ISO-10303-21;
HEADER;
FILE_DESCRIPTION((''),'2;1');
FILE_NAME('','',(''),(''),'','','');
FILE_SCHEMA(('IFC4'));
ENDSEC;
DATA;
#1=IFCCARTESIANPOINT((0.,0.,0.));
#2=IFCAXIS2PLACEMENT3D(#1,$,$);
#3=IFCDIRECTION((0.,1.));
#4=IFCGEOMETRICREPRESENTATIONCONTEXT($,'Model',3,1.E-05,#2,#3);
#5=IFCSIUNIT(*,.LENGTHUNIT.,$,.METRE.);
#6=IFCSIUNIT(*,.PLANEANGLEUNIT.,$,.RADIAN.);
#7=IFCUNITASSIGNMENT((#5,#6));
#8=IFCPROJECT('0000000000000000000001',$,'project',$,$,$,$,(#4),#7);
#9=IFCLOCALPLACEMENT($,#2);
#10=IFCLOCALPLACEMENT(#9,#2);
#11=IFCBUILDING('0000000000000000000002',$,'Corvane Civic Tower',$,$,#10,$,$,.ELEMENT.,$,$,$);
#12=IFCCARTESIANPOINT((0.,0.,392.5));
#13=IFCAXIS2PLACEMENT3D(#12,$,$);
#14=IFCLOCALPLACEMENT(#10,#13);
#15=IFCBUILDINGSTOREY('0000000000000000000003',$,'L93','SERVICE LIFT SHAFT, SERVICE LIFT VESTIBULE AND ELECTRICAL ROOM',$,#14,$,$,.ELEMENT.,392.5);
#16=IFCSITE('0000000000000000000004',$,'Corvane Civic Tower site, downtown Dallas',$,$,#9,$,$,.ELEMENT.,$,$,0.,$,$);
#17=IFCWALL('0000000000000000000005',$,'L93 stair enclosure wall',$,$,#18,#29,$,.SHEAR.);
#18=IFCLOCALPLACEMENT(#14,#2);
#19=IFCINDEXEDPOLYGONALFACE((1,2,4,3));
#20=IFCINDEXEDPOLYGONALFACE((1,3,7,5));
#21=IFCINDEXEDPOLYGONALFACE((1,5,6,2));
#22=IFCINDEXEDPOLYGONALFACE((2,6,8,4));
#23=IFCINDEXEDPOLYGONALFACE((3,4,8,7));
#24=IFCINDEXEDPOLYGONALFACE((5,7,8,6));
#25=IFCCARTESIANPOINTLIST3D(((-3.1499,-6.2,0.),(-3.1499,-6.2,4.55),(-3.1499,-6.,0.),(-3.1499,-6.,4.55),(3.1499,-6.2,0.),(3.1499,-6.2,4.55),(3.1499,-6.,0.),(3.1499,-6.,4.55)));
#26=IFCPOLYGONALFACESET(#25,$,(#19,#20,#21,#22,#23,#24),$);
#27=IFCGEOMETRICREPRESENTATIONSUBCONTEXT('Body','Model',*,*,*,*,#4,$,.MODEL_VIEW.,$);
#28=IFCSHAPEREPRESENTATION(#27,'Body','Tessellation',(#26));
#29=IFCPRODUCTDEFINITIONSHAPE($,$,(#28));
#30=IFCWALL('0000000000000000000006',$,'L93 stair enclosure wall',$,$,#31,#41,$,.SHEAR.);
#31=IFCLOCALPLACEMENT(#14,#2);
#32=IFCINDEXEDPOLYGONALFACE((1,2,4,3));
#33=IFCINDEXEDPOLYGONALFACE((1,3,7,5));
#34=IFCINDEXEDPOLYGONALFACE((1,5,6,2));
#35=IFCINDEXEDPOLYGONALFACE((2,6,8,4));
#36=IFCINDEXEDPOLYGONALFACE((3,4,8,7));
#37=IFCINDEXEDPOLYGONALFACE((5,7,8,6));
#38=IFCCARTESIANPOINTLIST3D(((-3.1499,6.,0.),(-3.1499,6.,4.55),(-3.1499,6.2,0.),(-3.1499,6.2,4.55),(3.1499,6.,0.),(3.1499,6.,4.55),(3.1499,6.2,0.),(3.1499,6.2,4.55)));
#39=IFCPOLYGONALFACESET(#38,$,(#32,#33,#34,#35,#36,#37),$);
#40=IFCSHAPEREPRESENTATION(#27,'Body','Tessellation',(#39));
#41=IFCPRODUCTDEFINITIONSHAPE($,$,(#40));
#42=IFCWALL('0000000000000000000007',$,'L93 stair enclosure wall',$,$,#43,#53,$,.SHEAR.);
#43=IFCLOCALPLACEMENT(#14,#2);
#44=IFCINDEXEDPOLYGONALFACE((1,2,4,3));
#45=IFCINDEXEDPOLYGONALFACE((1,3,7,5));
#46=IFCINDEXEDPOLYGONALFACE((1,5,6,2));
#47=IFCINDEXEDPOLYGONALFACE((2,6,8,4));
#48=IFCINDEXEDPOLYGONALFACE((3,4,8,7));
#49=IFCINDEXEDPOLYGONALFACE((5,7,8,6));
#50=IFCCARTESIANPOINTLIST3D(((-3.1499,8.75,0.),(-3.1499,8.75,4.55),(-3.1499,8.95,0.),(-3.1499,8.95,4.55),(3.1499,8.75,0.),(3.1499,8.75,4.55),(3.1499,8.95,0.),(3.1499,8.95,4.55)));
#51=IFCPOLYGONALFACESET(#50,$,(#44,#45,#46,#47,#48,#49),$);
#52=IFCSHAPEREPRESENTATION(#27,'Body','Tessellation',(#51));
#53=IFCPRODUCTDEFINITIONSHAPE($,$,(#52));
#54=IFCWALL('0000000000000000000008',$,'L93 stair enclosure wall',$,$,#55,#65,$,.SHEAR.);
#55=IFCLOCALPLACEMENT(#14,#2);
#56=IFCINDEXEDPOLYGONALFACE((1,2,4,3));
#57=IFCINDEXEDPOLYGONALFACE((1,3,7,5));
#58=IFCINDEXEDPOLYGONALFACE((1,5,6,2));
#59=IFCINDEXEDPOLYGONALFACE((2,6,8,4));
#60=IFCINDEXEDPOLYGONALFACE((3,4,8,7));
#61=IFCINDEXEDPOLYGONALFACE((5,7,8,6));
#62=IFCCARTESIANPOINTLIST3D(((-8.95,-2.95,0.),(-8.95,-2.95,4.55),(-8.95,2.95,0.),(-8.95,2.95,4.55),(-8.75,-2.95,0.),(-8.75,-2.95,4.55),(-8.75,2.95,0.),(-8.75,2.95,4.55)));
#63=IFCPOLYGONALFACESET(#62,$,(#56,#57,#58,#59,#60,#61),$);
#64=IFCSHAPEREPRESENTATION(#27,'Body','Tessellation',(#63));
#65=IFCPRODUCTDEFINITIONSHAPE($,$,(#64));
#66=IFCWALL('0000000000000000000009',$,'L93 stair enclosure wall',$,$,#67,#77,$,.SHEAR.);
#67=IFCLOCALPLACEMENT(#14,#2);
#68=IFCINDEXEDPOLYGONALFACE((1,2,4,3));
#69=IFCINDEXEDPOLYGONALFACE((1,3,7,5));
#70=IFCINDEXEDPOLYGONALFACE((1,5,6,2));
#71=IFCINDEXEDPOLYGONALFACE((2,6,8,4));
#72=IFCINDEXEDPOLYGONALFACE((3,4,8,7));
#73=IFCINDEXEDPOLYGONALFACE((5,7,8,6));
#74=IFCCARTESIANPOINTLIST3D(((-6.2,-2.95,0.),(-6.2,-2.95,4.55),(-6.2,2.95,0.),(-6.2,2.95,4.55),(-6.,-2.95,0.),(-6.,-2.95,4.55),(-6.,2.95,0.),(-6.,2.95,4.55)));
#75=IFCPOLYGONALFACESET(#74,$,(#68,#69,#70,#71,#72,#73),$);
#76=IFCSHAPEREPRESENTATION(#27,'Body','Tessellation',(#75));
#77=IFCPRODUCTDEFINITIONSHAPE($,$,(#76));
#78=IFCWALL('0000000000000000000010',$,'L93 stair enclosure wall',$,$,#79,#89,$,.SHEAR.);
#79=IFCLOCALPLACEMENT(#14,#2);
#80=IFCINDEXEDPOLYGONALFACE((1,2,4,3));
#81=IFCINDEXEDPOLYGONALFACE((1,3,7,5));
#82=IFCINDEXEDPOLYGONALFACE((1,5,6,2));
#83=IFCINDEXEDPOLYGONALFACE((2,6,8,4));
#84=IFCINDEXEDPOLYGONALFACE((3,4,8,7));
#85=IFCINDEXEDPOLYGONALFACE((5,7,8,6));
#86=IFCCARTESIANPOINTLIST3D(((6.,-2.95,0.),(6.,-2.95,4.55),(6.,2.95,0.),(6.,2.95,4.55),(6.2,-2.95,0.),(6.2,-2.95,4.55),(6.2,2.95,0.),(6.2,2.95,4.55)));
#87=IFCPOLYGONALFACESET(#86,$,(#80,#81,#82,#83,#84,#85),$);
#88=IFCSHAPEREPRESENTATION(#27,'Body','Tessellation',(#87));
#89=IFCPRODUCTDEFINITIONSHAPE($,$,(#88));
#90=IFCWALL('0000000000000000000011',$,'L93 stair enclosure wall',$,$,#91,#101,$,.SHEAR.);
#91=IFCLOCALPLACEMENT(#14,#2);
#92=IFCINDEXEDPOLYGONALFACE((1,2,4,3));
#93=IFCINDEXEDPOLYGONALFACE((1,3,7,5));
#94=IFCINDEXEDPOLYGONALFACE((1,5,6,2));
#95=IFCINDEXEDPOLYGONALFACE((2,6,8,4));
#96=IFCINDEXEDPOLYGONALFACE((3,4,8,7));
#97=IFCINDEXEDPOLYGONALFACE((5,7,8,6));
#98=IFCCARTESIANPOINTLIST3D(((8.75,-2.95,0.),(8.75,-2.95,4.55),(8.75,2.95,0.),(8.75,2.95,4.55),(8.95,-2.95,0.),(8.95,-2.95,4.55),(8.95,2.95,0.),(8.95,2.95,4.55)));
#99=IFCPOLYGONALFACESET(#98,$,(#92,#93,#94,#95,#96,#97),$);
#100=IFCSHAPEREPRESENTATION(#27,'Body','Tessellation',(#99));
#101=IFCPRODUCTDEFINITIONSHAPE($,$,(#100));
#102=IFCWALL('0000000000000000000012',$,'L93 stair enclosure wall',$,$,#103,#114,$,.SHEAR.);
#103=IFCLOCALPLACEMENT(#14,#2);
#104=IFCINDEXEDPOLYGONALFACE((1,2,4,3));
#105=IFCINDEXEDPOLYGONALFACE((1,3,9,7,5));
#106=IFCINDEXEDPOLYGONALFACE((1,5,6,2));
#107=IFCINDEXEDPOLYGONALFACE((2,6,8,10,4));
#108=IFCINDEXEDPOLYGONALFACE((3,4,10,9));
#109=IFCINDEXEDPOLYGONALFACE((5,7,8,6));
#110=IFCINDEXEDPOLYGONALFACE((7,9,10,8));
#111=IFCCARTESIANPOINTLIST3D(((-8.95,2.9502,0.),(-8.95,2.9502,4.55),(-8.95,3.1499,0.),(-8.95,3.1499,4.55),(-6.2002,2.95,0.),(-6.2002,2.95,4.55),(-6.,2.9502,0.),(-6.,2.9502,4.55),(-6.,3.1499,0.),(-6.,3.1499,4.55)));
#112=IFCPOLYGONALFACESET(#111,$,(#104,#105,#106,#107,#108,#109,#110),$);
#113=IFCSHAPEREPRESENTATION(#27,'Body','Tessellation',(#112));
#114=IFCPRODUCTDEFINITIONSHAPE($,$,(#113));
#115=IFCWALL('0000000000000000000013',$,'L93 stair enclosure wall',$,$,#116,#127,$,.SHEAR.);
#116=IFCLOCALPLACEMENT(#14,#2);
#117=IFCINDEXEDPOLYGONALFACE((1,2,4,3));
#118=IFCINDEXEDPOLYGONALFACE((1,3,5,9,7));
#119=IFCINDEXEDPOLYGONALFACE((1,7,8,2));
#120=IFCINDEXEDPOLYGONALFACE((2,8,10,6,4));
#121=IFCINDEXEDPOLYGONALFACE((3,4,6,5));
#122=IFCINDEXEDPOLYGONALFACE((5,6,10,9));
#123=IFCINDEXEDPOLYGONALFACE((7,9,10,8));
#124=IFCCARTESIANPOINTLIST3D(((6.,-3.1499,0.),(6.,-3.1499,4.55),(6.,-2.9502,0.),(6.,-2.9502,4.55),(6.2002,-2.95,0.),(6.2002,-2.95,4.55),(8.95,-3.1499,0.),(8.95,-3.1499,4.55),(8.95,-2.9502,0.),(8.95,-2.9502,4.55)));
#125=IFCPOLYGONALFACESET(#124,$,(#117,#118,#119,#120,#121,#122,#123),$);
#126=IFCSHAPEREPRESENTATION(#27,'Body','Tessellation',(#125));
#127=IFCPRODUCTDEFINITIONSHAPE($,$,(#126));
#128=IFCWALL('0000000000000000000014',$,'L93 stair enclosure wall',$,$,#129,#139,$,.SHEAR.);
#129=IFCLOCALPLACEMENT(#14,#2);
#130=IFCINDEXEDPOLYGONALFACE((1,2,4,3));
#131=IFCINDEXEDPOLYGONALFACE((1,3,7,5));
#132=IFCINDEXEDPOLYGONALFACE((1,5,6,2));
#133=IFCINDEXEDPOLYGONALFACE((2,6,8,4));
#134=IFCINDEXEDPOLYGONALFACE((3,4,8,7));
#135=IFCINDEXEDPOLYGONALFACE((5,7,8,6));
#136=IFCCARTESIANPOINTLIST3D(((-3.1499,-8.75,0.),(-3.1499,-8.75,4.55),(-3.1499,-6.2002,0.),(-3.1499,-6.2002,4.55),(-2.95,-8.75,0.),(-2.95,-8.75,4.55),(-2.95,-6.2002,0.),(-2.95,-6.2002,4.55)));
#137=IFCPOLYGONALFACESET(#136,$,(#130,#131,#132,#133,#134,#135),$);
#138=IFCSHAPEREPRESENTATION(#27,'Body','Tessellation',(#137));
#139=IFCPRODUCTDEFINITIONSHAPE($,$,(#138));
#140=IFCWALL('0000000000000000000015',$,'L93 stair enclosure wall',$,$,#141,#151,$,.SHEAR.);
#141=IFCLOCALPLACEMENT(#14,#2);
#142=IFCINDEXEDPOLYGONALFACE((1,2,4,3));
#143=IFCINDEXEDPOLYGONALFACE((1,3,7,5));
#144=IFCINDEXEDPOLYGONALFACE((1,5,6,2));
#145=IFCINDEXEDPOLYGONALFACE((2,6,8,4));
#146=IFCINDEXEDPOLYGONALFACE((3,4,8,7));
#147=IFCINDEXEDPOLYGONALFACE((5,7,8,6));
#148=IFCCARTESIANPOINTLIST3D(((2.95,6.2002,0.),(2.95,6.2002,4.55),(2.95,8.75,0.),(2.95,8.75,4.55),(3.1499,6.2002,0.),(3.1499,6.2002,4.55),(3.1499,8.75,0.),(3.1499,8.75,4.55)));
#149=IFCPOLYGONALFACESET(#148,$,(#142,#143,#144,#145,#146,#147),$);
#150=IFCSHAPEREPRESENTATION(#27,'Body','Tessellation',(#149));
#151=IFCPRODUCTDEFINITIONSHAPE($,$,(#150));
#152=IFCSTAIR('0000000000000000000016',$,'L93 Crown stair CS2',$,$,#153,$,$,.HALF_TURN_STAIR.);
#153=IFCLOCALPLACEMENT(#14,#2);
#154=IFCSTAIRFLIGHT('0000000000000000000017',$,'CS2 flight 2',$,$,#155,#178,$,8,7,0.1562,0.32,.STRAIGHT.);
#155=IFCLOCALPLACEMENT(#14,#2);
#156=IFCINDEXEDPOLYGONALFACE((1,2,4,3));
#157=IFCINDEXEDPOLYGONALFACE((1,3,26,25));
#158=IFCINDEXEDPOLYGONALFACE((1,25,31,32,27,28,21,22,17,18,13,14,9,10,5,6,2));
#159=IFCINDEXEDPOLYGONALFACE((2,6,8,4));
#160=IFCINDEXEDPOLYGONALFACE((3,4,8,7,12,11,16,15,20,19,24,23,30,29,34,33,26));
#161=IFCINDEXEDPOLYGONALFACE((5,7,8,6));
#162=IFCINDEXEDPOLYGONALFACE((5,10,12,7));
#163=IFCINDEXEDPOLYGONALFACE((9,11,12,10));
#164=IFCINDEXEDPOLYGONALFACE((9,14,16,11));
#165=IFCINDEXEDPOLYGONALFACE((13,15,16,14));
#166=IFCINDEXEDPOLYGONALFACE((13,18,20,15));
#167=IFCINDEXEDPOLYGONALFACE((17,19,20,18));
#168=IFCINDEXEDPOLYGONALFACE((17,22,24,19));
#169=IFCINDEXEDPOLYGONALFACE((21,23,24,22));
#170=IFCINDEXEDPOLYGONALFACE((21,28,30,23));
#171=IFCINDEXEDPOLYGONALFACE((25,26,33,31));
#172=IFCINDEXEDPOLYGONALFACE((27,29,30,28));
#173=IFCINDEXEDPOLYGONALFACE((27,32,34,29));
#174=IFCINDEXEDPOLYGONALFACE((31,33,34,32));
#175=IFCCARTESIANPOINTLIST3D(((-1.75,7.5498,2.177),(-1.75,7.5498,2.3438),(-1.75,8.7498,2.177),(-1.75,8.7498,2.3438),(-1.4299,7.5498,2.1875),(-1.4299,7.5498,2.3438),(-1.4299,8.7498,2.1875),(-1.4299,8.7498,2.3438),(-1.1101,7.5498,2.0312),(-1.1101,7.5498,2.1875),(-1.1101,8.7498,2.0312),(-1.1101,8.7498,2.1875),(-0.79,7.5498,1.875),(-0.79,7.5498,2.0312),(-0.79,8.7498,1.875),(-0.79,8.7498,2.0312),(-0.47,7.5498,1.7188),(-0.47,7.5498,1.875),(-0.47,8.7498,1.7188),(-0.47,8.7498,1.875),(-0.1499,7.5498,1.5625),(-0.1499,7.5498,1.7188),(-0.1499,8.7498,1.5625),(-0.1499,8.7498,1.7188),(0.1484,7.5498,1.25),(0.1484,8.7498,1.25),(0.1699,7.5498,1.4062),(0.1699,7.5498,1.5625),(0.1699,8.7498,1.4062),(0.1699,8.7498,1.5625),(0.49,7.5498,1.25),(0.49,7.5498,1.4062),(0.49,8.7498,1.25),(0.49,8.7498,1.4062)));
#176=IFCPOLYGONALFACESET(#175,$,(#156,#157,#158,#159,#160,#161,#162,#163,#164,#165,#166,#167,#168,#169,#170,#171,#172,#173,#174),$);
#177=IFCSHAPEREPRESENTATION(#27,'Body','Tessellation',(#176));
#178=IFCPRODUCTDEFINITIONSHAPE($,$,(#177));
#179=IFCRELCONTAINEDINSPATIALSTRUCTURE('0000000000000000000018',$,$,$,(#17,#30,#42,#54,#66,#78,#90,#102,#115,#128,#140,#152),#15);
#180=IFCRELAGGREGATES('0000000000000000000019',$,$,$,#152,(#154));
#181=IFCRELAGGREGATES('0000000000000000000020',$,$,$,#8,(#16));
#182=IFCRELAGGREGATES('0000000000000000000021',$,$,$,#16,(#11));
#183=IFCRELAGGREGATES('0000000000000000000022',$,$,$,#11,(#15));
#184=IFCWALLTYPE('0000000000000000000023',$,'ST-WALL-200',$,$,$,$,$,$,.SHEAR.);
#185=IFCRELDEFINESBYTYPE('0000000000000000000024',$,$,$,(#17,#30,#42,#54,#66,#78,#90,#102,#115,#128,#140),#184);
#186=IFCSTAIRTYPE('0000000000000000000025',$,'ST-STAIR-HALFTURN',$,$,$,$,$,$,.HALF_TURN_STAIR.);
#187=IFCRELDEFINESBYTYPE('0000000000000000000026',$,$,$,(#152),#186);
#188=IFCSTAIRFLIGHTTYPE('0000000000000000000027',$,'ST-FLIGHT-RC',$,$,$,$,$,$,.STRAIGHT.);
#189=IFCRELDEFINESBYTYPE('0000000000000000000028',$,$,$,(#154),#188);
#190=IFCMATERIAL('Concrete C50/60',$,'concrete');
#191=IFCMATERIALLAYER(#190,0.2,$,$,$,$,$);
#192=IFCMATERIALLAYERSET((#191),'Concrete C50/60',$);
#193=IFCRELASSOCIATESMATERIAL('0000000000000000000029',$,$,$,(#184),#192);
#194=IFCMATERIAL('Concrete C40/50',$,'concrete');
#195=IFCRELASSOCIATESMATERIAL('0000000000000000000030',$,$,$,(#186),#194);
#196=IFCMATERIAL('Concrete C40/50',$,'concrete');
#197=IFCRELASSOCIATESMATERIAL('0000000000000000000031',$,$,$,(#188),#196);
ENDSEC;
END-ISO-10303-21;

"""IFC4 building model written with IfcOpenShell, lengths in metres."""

from ifc_helpers import new_model, si_unit, direction, frame, origin, place, context, subcontext, project, spatial, polyline, outline, extrude, material, layer, layer_set, type_object, element, aggregate, save


model = new_model("IFC4")

# Units and contexts
model_context = context("Model", 3, precision=1e-05, world=origin(), true_north=direction((0.0, 1.0)))
body_context = subcontext(model_context, "Body", "Model", "MODEL_VIEW")
ifc_project = project(units=[si_unit("LENGTHUNIT", "METRE"), si_unit("PLANEANGLEUNIT", "RADIAN")], contexts=[model_context])

# Site, building, storey
site_placement = place(None, origin())
site = spatial("IfcSite", under=ifc_project, at=site_placement, Name="Corvane Civic Tower site, downtown Dallas", CompositionType="ELEMENT", RefElevation=0.0)
building_placement = place(site_placement, origin())
building = spatial("IfcBuilding", under=site, at=building_placement, Name="Corvane Civic Tower", CompositionType="ELEMENT")
storey_placement = place(building_placement, frame((0.0, 0.0, 392.5)))
storey = spatial("IfcBuildingStorey", under=building, at=storey_placement, Name="L93", Description="SERVICE LIFT SHAFT, SERVICE LIFT VESTIBULE AND ELECTRICAL ROOM", CompositionType="ELEMENT", Elevation=392.5)

# Shared definitions
ifc_material_1 = material(Name="Concrete C50/60", Category="concrete")
ifc_layer_1 = layer(ifc_material_1, 0.2)
ifc_layer_set_1 = layer_set([ifc_layer_1], Name="Concrete C50/60")
wall_type_1 = type_object("IfcWallType", Name="ST-WALL-200", PredefinedType="SHEAR", material=ifc_layer_set_1)

# Walls
wall_1_placement = place(storey_placement, origin())
element("IfcWall", 1, at=wall_1_placement, inside=storey, type_object=wall_type_1, Name="L93 stair enclosure wall", PredefinedType="SHEAR", context=body_context, shape_type="SweptSolid", body=[
    extrude(outline(polyline([(3.1499, -6.2), (-3.1499, -6.2), (-3.1499, -6.0), (3.1499, -6.0), (3.1499, -6.2)])), origin(), (0.0, 0.0, 1.0), 4.55),
])
wall_2_placement = place(storey_placement, origin())
element("IfcWall", 2, at=wall_2_placement, inside=storey, type_object=wall_type_1, Name="L93 stair enclosure wall", PredefinedType="SHEAR", context=body_context, shape_type="SweptSolid", body=[
    extrude(outline(polyline([(3.1499, 6.0), (-3.1499, 6.0), (-3.1499, 6.2), (3.1499, 6.2), (3.1499, 6.0)])), origin(), (0.0, 0.0, 1.0), 4.55),
])
wall_3_placement = place(storey_placement, origin())
element("IfcWall", 3, at=wall_3_placement, inside=storey, type_object=wall_type_1, Name="L93 stair enclosure wall", PredefinedType="SHEAR", context=body_context, shape_type="SweptSolid", body=[
    extrude(outline(polyline([(3.1499, 8.75), (-3.1499, 8.75), (-3.1499, 8.95), (3.1499, 8.95), (3.1499, 8.75)])), origin(), (0.0, 0.0, 1.0), 4.55),
])
wall_4_placement = place(storey_placement, origin())
element("IfcWall", 4, at=wall_4_placement, inside=storey, type_object=wall_type_1, Name="L93 stair enclosure wall", PredefinedType="SHEAR", context=body_context, shape_type="SweptSolid", body=[
    extrude(outline(polyline([(-8.75, 2.95), (-8.75, -2.95), (-8.95, -2.95), (-8.95, 2.95), (-8.75, 2.95)])), origin(), (0.0, 0.0, 1.0), 4.55),
])
wall_5_placement = place(storey_placement, origin())
element("IfcWall", 5, at=wall_5_placement, inside=storey, type_object=wall_type_1, Name="L93 stair enclosure wall", PredefinedType="SHEAR", context=body_context, shape_type="SweptSolid", body=[
    extrude(outline(polyline([(-6.0, 2.95), (-6.0, -2.95), (-6.2, -2.95), (-6.2, 2.95), (-6.0, 2.95)])), origin(), (0.0, 0.0, 1.0), 4.55),
])
wall_6_placement = place(storey_placement, origin())
element("IfcWall", 6, at=wall_6_placement, inside=storey, type_object=wall_type_1, Name="L93 stair enclosure wall", PredefinedType="SHEAR", context=body_context, shape_type="SweptSolid", body=[
    extrude(outline(polyline([(6.2, 2.95), (6.2, -2.95), (6.0, -2.95), (6.0, 2.95), (6.2, 2.95)])), origin(), (0.0, 0.0, 1.0), 4.55),
])
wall_7_placement = place(storey_placement, origin())
element("IfcWall", 7, at=wall_7_placement, inside=storey, type_object=wall_type_1, Name="L93 stair enclosure wall", PredefinedType="SHEAR", context=body_context, shape_type="SweptSolid", body=[
    extrude(outline(polyline([(8.95, 2.95), (8.95, -2.95), (8.75, -2.95), (8.75, 2.95), (8.95, 2.95)])), origin(), (0.0, 0.0, 1.0), 4.55),
])
wall_8_placement = place(storey_placement, origin())
element("IfcWall", 8, at=wall_8_placement, inside=storey, type_object=wall_type_1, Name="L93 stair enclosure wall", PredefinedType="SHEAR", context=body_context, shape_type="SweptSolid", body=[
    extrude(outline(polyline([(-6.0, 2.9502), (-6.2002, 2.95), (-8.95, 2.9502), (-8.95, 3.1499), (-6.0, 3.1499), (-6.0, 2.9502)])), origin(), (0.0, 0.0, 1.0), 4.55),
])
wall_9_placement = place(storey_placement, origin())
element("IfcWall", 9, at=wall_9_placement, inside=storey, type_object=wall_type_1, Name="L93 stair enclosure wall", PredefinedType="SHEAR", context=body_context, shape_type="SweptSolid", body=[
    extrude(outline(polyline([(8.95, -3.1499), (6.0, -3.1499), (6.0, -2.9502), (6.2002, -2.95), (8.95, -2.9502), (8.95, -3.1499)])), origin(), (0.0, 0.0, 1.0), 4.55),
])
wall_10_placement = place(storey_placement, origin())
element("IfcWall", 10, at=wall_10_placement, inside=storey, type_object=wall_type_1, Name="L93 stair enclosure wall", PredefinedType="SHEAR", context=body_context, shape_type="SweptSolid", body=[
    extrude(outline(polyline([(-2.95, -8.75), (-3.1499, -8.75), (-3.1499, -6.2002), (-2.95, -6.2002), (-2.95, -8.75)])), origin(), (0.0, 0.0, 1.0), 4.55),
])
wall_11_placement = place(storey_placement, origin())
element("IfcWall", 11, at=wall_11_placement, inside=storey, type_object=wall_type_1, Name="L93 stair enclosure wall", PredefinedType="SHEAR", context=body_context, shape_type="SweptSolid", body=[
    extrude(outline(polyline([(3.1499, 6.2002), (2.95, 6.2002), (2.95, 8.75), (3.1499, 8.75), (3.1499, 6.2002)])), origin(), (0.0, 0.0, 1.0), 4.55),
])

# Stair, stair flight
ifc_material_2 = material(Name="Concrete C40/50", Category="concrete")
stair_type = type_object("IfcStairType", Name="ST-STAIR-HALFTURN", PredefinedType="HALF_TURN_STAIR", material=ifc_material_2)
stair_placement = place(storey_placement, origin())
stair = element("IfcStair", 12, at=stair_placement, inside=storey, type_object=stair_type, Name="L93 Crown stair CS2", PredefinedType="HALF_TURN_STAIR")
ifc_material_3 = material(Name="Concrete C40/50", Category="concrete")
stair_flight_type = type_object("IfcStairFlightType", Name="ST-FLIGHT-RC", PredefinedType="STRAIGHT", material=ifc_material_3)
stair_flight_1_placement = place(storey_placement, frame((0.49, 8.1499, 1.25), z_axis=(0.0, 0.0, 1.0), x_axis=(-1.0, 0.0, 0.0)))
stair_flight_1 = element("IfcStairFlight", 13, at=stair_flight_1_placement, type_object=stair_flight_type, Name="CS2 flight 2", NumberOfRisers=8, NumberOfTreads=7, PredefinedType="STRAIGHT", RiserHeight=0.1562, TreadLength=0.32, context=body_context, shape_type="SweptSolid", body=[
    extrude(outline(polyline([(0.0, 0.0), (0.0, 0.1562), (0.3201, 0.1562), (0.3201, 0.3125), (0.6399, 0.3125), (0.6399, 0.4688), (0.96, 0.4688), (0.96, 0.625), (1.28, 0.625), (1.28, 0.7812), (1.6001, 0.7812), (1.6001, 0.9375), (1.9199, 0.9375), (1.9199, 1.0938), (2.24, 1.0938), (2.24, 1.25), (2.24, 0.927), (0.3416, 0.0), (0.0, 0.0)])), frame((0.0, 0.6001, 0.0), z_axis=(0.0, -1.0, 0.0), x_axis=(1.0, 0.0, 0.0)), (0.0, 0.0, 1.0), 1.2),
])
aggregate(stair, [stair_flight_1])

save(model, "model.ifc")
